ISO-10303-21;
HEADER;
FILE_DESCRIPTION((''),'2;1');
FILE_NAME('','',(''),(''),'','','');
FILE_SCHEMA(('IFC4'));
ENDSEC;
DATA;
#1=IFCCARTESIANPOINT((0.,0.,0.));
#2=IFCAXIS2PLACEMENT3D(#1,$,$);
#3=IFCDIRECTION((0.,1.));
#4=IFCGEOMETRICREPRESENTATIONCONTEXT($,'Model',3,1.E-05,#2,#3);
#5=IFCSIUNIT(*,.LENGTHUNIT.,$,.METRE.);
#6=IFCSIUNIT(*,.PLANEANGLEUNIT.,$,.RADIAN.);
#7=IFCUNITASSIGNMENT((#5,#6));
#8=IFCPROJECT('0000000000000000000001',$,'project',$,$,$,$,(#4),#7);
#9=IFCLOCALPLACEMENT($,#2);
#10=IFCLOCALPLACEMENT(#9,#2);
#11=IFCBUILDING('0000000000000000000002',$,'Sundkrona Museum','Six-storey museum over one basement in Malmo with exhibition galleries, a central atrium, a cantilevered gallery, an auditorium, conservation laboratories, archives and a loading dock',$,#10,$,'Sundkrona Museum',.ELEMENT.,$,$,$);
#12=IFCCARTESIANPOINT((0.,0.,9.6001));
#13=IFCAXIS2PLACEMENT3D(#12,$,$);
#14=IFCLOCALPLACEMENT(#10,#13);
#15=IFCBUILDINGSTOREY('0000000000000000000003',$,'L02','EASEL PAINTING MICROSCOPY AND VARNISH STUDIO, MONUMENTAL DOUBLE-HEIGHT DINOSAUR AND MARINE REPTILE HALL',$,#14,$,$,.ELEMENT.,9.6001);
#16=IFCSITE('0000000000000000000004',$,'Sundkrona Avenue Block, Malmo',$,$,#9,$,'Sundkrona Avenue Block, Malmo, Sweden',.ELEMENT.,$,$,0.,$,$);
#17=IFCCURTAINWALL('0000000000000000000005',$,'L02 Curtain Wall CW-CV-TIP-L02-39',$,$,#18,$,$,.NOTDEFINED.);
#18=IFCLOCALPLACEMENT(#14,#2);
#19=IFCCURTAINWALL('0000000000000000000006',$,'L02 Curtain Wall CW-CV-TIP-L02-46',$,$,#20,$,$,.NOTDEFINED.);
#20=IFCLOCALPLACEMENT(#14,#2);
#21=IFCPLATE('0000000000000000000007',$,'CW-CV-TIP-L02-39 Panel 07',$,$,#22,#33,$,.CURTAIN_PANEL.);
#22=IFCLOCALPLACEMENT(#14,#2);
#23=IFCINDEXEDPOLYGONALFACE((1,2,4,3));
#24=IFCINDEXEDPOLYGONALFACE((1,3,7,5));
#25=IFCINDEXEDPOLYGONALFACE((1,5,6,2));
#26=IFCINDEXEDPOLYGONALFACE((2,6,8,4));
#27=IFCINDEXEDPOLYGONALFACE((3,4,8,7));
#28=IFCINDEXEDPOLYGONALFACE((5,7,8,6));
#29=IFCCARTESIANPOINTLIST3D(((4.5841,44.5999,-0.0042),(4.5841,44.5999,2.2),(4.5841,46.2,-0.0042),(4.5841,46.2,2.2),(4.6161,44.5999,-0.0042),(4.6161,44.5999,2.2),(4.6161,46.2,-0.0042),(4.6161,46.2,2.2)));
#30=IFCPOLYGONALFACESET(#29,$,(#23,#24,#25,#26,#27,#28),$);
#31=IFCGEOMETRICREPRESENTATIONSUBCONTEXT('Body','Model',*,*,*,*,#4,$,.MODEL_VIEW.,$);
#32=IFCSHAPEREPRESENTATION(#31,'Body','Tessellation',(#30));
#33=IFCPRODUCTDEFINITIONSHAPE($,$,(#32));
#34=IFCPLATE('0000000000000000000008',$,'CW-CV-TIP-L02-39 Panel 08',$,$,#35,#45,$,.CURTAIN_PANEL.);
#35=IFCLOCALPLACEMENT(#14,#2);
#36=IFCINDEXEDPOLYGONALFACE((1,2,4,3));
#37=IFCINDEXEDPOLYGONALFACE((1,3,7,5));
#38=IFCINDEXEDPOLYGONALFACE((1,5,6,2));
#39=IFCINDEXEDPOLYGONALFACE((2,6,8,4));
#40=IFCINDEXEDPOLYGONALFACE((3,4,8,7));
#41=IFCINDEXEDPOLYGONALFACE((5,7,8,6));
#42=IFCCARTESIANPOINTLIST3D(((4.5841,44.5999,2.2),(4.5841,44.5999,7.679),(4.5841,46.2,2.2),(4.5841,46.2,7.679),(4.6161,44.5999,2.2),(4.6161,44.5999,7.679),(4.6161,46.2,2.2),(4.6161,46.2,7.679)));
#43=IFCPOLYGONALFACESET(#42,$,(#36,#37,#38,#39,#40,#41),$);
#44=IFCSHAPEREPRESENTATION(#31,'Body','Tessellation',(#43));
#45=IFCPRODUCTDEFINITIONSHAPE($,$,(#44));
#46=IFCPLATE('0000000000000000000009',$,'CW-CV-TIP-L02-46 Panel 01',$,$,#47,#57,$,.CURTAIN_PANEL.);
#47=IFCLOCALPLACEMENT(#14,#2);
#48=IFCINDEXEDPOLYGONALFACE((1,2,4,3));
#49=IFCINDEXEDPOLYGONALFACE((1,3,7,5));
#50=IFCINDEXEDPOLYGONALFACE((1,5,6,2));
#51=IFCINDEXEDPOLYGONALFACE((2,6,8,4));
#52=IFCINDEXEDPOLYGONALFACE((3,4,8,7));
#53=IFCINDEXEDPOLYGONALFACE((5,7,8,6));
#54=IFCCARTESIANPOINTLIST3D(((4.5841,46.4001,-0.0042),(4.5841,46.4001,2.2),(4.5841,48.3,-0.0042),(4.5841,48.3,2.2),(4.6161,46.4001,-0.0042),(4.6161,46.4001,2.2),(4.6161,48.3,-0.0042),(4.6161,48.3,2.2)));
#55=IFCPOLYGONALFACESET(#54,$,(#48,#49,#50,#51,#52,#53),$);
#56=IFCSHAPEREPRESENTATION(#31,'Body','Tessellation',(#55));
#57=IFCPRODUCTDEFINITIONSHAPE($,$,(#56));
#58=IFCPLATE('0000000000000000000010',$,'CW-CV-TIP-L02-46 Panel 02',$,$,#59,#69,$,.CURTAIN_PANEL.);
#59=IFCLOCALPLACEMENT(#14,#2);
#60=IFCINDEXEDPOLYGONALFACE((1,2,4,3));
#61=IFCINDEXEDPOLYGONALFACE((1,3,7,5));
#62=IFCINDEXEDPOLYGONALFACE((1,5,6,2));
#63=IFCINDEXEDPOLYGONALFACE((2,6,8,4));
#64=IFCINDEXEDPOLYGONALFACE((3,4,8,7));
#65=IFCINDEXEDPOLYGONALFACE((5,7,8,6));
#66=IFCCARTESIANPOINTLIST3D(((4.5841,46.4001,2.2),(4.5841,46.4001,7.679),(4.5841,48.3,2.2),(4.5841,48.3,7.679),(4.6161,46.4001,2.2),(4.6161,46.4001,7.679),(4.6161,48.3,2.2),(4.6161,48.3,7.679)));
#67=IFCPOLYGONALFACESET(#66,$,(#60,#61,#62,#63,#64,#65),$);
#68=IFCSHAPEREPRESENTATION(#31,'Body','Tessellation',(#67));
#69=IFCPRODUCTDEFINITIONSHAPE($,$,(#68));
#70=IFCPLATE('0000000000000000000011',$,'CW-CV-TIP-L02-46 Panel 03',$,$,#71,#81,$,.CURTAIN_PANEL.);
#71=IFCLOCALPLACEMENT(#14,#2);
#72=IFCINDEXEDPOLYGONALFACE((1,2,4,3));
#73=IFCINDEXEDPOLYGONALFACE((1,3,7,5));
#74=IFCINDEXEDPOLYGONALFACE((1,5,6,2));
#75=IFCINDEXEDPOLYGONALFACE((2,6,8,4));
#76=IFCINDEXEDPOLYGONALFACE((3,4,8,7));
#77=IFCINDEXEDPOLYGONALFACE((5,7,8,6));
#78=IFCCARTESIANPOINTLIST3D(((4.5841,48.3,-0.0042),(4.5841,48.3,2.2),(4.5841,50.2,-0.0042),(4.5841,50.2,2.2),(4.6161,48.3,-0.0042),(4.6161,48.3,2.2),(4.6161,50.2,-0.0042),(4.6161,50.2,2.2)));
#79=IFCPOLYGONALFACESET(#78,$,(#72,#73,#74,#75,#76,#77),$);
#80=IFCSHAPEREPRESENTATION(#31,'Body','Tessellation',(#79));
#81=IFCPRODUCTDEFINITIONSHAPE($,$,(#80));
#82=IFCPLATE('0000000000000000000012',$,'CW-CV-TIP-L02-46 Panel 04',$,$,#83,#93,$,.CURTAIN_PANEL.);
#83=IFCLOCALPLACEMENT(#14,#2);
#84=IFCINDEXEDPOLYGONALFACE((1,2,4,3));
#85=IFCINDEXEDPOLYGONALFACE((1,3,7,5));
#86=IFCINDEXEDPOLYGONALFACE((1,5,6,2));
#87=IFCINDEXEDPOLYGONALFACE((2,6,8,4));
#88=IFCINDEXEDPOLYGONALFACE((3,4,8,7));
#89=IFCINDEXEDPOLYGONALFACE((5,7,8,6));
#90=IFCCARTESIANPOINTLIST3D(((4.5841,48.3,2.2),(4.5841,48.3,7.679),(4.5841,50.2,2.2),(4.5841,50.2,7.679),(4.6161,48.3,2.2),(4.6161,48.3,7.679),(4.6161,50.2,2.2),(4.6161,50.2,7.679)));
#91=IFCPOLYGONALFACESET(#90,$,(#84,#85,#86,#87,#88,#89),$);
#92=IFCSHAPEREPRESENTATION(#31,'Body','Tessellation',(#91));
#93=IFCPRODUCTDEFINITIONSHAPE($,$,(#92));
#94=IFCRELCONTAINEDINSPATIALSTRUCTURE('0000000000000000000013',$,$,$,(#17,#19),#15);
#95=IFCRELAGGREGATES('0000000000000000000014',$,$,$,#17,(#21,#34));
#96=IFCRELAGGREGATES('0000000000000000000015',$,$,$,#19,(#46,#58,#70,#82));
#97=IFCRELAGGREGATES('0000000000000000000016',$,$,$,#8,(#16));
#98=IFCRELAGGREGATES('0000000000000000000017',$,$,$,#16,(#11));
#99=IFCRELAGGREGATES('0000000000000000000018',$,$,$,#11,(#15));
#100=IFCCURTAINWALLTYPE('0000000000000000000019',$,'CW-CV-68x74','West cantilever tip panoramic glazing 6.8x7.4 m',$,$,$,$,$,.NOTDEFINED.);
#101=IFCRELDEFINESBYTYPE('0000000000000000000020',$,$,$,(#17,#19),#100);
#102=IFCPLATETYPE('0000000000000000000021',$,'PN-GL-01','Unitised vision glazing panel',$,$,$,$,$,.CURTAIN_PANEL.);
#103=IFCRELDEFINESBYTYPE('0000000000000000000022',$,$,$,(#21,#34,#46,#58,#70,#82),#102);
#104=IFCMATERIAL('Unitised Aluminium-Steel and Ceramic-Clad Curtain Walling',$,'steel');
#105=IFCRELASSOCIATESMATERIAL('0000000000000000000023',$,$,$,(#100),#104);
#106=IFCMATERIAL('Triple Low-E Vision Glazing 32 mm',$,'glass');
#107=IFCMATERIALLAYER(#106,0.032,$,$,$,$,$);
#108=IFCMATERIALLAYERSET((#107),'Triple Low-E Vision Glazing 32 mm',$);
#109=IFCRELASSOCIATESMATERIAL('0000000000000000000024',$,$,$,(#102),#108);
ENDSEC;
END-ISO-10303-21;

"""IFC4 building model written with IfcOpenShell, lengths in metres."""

from ifc_helpers import new_model, si_unit, direction, frame, origin, origin_2d, place, context, subcontext, project, spatial, rectangle, extrude, material, layer, layer_set, type_object, element, aggregate, save


model = new_model("IFC4")

# Units and contexts
model_context = context("Model", 3, precision=1e-05, world=origin(), true_north=direction((0.0, 1.0)))
body_context = subcontext(model_context, "Body", "Model", "MODEL_VIEW")
ifc_project = project(units=[si_unit("LENGTHUNIT", "METRE"), si_unit("PLANEANGLEUNIT", "RADIAN")], contexts=[model_context])

# Site, building, storey
site_placement = place(None, origin())
site = spatial("IfcSite", under=ifc_project, at=site_placement, Name="Sundkrona Avenue Block, Malmo", LongName="Sundkrona Avenue Block, Malmo, Sweden", CompositionType="ELEMENT", RefElevation=0.0)
building_placement = place(site_placement, origin())
building = spatial("IfcBuilding", under=site, at=building_placement, Name="Sundkrona Museum", Description="Six-storey museum over one basement in Malmo with exhibition galleries, a central atrium, a cantilevered gallery, an auditorium, conservation laboratories, archives and a loading dock", LongName="Sundkrona Museum", CompositionType="ELEMENT")
storey_placement = place(building_placement, frame((0.0, 0.0, 9.6001)))
storey = spatial("IfcBuildingStorey", under=building, at=storey_placement, Name="L02", Description="EASEL PAINTING MICROSCOPY AND VARNISH STUDIO, MONUMENTAL DOUBLE-HEIGHT DINOSAUR AND MARINE REPTILE HALL", CompositionType="ELEMENT", Elevation=9.6001)

# Curtain wall
ifc_material_1 = material(Name="Unitised Aluminium-Steel and Ceramic-Clad Curtain Walling", Category="steel")
curtain_wall_type_1 = type_object("IfcCurtainWallType", Name="CW-CV-68x74", Description="West cantilever tip panoramic glazing 6.8x7.4 m", PredefinedType="NOTDEFINED", material=ifc_material_1)
curtain_wall_1_placement = place(storey_placement, origin())
curtain_wall_1 = element("IfcCurtainWall", 1, at=curtain_wall_1_placement, inside=storey, type_object=curtain_wall_type_1, Name="L02 Curtain Wall CW-CV-TIP-L02-39", PredefinedType="NOTDEFINED")

# Curtain wall
curtain_wall_2_placement = place(storey_placement, origin())
curtain_wall_2 = element("IfcCurtainWall", 2, at=curtain_wall_2_placement, inside=storey, type_object=curtain_wall_type_1, Name="L02 Curtain Wall CW-CV-TIP-L02-46", PredefinedType="NOTDEFINED")

# Plates
ifc_material_2 = material(Name="Triple Low-E Vision Glazing 32 mm", Category="glass")
ifc_layer = layer(ifc_material_2, 0.032)
ifc_layer_set = layer_set([ifc_layer], Name="Triple Low-E Vision Glazing 32 mm")
plate_type = type_object("IfcPlateType", Name="PN-GL-01", Description="Unitised vision glazing panel", PredefinedType="CURTAIN_PANEL", material=ifc_layer_set)
plate_1_placement = place(storey_placement, frame((4.6001, 45.3999, -0.0042), z_axis=(0.0, 0.0, 1.0), x_axis=(0.0, 1.0, 0.0)))
plate_1 = element("IfcPlate", 3, at=plate_1_placement, type_object=plate_type, Name="CW-CV-TIP-L02-39 Panel 07", PredefinedType="CURTAIN_PANEL", context=body_context, shape_type="SweptSolid", body=[
    extrude(rectangle(XDim=1.6001, YDim=0.032, at=origin_2d()), origin(), (0.0, 0.0, 1.0), 2.2041),
])
plate_2_placement = place(storey_placement, frame((4.6001, 45.3999, 2.2), z_axis=(0.0, 0.0, 1.0), x_axis=(0.0, 1.0, 0.0)))
plate_2 = element("IfcPlate", 4, at=plate_2_placement, type_object=plate_type, Name="CW-CV-TIP-L02-39 Panel 08", PredefinedType="CURTAIN_PANEL", context=body_context, shape_type="SweptSolid", body=[
    extrude(rectangle(XDim=1.6001, YDim=0.032, at=origin_2d()), origin(), (0.0, 0.0, 1.0), 5.479),
])
aggregate(curtain_wall_1, [plate_1, plate_2])
plate_3_placement = place(storey_placement, frame((4.6001, 47.3501, -0.0042), z_axis=(0.0, 0.0, 1.0), x_axis=(0.0, 1.0, 0.0)))
plate_3 = element("IfcPlate", 5, at=plate_3_placement, type_object=plate_type, Name="CW-CV-TIP-L02-46 Panel 01", PredefinedType="CURTAIN_PANEL", context=body_context, shape_type="SweptSolid", body=[
    extrude(rectangle(XDim=1.8999, YDim=0.032, at=origin_2d()), origin(), (0.0, 0.0, 1.0), 2.2041),
])
plate_4_placement = place(storey_placement, frame((4.6001, 47.3501, 2.2), z_axis=(0.0, 0.0, 1.0), x_axis=(0.0, 1.0, 0.0)))
plate_4 = element("IfcPlate", 6, at=plate_4_placement, type_object=plate_type, Name="CW-CV-TIP-L02-46 Panel 02", PredefinedType="CURTAIN_PANEL", context=body_context, shape_type="SweptSolid", body=[
    extrude(rectangle(XDim=1.8999, YDim=0.032, at=origin_2d()), origin(), (0.0, 0.0, 1.0), 5.479),
])
plate_5_placement = place(storey_placement, frame((4.6001, 49.25, -0.0042), z_axis=(0.0, 0.0, 1.0), x_axis=(0.0, 1.0, 0.0)))
plate_5 = element("IfcPlate", 7, at=plate_5_placement, type_object=plate_type, Name="CW-CV-TIP-L02-46 Panel 03", PredefinedType="CURTAIN_PANEL", context=body_context, shape_type="SweptSolid", body=[
    extrude(rectangle(XDim=1.8999, YDim=0.032, at=origin_2d()), origin(), (0.0, 0.0, 1.0), 2.2041),
])
plate_6_placement = place(storey_placement, frame((4.6001, 49.25, 2.2), z_axis=(0.0, 0.0, 1.0), x_axis=(0.0, 1.0, 0.0)))
plate_6 = element("IfcPlate", 8, at=plate_6_placement, type_object=plate_type, Name="CW-CV-TIP-L02-46 Panel 04", PredefinedType="CURTAIN_PANEL", context=body_context, shape_type="SweptSolid", body=[
    extrude(rectangle(XDim=1.8999, YDim=0.032, at=origin_2d()), origin(), (0.0, 0.0, 1.0), 5.479),
])
aggregate(curtain_wall_2, [plate_3, plate_4, plate_5, plate_6])

save(model, "model.ifc")
